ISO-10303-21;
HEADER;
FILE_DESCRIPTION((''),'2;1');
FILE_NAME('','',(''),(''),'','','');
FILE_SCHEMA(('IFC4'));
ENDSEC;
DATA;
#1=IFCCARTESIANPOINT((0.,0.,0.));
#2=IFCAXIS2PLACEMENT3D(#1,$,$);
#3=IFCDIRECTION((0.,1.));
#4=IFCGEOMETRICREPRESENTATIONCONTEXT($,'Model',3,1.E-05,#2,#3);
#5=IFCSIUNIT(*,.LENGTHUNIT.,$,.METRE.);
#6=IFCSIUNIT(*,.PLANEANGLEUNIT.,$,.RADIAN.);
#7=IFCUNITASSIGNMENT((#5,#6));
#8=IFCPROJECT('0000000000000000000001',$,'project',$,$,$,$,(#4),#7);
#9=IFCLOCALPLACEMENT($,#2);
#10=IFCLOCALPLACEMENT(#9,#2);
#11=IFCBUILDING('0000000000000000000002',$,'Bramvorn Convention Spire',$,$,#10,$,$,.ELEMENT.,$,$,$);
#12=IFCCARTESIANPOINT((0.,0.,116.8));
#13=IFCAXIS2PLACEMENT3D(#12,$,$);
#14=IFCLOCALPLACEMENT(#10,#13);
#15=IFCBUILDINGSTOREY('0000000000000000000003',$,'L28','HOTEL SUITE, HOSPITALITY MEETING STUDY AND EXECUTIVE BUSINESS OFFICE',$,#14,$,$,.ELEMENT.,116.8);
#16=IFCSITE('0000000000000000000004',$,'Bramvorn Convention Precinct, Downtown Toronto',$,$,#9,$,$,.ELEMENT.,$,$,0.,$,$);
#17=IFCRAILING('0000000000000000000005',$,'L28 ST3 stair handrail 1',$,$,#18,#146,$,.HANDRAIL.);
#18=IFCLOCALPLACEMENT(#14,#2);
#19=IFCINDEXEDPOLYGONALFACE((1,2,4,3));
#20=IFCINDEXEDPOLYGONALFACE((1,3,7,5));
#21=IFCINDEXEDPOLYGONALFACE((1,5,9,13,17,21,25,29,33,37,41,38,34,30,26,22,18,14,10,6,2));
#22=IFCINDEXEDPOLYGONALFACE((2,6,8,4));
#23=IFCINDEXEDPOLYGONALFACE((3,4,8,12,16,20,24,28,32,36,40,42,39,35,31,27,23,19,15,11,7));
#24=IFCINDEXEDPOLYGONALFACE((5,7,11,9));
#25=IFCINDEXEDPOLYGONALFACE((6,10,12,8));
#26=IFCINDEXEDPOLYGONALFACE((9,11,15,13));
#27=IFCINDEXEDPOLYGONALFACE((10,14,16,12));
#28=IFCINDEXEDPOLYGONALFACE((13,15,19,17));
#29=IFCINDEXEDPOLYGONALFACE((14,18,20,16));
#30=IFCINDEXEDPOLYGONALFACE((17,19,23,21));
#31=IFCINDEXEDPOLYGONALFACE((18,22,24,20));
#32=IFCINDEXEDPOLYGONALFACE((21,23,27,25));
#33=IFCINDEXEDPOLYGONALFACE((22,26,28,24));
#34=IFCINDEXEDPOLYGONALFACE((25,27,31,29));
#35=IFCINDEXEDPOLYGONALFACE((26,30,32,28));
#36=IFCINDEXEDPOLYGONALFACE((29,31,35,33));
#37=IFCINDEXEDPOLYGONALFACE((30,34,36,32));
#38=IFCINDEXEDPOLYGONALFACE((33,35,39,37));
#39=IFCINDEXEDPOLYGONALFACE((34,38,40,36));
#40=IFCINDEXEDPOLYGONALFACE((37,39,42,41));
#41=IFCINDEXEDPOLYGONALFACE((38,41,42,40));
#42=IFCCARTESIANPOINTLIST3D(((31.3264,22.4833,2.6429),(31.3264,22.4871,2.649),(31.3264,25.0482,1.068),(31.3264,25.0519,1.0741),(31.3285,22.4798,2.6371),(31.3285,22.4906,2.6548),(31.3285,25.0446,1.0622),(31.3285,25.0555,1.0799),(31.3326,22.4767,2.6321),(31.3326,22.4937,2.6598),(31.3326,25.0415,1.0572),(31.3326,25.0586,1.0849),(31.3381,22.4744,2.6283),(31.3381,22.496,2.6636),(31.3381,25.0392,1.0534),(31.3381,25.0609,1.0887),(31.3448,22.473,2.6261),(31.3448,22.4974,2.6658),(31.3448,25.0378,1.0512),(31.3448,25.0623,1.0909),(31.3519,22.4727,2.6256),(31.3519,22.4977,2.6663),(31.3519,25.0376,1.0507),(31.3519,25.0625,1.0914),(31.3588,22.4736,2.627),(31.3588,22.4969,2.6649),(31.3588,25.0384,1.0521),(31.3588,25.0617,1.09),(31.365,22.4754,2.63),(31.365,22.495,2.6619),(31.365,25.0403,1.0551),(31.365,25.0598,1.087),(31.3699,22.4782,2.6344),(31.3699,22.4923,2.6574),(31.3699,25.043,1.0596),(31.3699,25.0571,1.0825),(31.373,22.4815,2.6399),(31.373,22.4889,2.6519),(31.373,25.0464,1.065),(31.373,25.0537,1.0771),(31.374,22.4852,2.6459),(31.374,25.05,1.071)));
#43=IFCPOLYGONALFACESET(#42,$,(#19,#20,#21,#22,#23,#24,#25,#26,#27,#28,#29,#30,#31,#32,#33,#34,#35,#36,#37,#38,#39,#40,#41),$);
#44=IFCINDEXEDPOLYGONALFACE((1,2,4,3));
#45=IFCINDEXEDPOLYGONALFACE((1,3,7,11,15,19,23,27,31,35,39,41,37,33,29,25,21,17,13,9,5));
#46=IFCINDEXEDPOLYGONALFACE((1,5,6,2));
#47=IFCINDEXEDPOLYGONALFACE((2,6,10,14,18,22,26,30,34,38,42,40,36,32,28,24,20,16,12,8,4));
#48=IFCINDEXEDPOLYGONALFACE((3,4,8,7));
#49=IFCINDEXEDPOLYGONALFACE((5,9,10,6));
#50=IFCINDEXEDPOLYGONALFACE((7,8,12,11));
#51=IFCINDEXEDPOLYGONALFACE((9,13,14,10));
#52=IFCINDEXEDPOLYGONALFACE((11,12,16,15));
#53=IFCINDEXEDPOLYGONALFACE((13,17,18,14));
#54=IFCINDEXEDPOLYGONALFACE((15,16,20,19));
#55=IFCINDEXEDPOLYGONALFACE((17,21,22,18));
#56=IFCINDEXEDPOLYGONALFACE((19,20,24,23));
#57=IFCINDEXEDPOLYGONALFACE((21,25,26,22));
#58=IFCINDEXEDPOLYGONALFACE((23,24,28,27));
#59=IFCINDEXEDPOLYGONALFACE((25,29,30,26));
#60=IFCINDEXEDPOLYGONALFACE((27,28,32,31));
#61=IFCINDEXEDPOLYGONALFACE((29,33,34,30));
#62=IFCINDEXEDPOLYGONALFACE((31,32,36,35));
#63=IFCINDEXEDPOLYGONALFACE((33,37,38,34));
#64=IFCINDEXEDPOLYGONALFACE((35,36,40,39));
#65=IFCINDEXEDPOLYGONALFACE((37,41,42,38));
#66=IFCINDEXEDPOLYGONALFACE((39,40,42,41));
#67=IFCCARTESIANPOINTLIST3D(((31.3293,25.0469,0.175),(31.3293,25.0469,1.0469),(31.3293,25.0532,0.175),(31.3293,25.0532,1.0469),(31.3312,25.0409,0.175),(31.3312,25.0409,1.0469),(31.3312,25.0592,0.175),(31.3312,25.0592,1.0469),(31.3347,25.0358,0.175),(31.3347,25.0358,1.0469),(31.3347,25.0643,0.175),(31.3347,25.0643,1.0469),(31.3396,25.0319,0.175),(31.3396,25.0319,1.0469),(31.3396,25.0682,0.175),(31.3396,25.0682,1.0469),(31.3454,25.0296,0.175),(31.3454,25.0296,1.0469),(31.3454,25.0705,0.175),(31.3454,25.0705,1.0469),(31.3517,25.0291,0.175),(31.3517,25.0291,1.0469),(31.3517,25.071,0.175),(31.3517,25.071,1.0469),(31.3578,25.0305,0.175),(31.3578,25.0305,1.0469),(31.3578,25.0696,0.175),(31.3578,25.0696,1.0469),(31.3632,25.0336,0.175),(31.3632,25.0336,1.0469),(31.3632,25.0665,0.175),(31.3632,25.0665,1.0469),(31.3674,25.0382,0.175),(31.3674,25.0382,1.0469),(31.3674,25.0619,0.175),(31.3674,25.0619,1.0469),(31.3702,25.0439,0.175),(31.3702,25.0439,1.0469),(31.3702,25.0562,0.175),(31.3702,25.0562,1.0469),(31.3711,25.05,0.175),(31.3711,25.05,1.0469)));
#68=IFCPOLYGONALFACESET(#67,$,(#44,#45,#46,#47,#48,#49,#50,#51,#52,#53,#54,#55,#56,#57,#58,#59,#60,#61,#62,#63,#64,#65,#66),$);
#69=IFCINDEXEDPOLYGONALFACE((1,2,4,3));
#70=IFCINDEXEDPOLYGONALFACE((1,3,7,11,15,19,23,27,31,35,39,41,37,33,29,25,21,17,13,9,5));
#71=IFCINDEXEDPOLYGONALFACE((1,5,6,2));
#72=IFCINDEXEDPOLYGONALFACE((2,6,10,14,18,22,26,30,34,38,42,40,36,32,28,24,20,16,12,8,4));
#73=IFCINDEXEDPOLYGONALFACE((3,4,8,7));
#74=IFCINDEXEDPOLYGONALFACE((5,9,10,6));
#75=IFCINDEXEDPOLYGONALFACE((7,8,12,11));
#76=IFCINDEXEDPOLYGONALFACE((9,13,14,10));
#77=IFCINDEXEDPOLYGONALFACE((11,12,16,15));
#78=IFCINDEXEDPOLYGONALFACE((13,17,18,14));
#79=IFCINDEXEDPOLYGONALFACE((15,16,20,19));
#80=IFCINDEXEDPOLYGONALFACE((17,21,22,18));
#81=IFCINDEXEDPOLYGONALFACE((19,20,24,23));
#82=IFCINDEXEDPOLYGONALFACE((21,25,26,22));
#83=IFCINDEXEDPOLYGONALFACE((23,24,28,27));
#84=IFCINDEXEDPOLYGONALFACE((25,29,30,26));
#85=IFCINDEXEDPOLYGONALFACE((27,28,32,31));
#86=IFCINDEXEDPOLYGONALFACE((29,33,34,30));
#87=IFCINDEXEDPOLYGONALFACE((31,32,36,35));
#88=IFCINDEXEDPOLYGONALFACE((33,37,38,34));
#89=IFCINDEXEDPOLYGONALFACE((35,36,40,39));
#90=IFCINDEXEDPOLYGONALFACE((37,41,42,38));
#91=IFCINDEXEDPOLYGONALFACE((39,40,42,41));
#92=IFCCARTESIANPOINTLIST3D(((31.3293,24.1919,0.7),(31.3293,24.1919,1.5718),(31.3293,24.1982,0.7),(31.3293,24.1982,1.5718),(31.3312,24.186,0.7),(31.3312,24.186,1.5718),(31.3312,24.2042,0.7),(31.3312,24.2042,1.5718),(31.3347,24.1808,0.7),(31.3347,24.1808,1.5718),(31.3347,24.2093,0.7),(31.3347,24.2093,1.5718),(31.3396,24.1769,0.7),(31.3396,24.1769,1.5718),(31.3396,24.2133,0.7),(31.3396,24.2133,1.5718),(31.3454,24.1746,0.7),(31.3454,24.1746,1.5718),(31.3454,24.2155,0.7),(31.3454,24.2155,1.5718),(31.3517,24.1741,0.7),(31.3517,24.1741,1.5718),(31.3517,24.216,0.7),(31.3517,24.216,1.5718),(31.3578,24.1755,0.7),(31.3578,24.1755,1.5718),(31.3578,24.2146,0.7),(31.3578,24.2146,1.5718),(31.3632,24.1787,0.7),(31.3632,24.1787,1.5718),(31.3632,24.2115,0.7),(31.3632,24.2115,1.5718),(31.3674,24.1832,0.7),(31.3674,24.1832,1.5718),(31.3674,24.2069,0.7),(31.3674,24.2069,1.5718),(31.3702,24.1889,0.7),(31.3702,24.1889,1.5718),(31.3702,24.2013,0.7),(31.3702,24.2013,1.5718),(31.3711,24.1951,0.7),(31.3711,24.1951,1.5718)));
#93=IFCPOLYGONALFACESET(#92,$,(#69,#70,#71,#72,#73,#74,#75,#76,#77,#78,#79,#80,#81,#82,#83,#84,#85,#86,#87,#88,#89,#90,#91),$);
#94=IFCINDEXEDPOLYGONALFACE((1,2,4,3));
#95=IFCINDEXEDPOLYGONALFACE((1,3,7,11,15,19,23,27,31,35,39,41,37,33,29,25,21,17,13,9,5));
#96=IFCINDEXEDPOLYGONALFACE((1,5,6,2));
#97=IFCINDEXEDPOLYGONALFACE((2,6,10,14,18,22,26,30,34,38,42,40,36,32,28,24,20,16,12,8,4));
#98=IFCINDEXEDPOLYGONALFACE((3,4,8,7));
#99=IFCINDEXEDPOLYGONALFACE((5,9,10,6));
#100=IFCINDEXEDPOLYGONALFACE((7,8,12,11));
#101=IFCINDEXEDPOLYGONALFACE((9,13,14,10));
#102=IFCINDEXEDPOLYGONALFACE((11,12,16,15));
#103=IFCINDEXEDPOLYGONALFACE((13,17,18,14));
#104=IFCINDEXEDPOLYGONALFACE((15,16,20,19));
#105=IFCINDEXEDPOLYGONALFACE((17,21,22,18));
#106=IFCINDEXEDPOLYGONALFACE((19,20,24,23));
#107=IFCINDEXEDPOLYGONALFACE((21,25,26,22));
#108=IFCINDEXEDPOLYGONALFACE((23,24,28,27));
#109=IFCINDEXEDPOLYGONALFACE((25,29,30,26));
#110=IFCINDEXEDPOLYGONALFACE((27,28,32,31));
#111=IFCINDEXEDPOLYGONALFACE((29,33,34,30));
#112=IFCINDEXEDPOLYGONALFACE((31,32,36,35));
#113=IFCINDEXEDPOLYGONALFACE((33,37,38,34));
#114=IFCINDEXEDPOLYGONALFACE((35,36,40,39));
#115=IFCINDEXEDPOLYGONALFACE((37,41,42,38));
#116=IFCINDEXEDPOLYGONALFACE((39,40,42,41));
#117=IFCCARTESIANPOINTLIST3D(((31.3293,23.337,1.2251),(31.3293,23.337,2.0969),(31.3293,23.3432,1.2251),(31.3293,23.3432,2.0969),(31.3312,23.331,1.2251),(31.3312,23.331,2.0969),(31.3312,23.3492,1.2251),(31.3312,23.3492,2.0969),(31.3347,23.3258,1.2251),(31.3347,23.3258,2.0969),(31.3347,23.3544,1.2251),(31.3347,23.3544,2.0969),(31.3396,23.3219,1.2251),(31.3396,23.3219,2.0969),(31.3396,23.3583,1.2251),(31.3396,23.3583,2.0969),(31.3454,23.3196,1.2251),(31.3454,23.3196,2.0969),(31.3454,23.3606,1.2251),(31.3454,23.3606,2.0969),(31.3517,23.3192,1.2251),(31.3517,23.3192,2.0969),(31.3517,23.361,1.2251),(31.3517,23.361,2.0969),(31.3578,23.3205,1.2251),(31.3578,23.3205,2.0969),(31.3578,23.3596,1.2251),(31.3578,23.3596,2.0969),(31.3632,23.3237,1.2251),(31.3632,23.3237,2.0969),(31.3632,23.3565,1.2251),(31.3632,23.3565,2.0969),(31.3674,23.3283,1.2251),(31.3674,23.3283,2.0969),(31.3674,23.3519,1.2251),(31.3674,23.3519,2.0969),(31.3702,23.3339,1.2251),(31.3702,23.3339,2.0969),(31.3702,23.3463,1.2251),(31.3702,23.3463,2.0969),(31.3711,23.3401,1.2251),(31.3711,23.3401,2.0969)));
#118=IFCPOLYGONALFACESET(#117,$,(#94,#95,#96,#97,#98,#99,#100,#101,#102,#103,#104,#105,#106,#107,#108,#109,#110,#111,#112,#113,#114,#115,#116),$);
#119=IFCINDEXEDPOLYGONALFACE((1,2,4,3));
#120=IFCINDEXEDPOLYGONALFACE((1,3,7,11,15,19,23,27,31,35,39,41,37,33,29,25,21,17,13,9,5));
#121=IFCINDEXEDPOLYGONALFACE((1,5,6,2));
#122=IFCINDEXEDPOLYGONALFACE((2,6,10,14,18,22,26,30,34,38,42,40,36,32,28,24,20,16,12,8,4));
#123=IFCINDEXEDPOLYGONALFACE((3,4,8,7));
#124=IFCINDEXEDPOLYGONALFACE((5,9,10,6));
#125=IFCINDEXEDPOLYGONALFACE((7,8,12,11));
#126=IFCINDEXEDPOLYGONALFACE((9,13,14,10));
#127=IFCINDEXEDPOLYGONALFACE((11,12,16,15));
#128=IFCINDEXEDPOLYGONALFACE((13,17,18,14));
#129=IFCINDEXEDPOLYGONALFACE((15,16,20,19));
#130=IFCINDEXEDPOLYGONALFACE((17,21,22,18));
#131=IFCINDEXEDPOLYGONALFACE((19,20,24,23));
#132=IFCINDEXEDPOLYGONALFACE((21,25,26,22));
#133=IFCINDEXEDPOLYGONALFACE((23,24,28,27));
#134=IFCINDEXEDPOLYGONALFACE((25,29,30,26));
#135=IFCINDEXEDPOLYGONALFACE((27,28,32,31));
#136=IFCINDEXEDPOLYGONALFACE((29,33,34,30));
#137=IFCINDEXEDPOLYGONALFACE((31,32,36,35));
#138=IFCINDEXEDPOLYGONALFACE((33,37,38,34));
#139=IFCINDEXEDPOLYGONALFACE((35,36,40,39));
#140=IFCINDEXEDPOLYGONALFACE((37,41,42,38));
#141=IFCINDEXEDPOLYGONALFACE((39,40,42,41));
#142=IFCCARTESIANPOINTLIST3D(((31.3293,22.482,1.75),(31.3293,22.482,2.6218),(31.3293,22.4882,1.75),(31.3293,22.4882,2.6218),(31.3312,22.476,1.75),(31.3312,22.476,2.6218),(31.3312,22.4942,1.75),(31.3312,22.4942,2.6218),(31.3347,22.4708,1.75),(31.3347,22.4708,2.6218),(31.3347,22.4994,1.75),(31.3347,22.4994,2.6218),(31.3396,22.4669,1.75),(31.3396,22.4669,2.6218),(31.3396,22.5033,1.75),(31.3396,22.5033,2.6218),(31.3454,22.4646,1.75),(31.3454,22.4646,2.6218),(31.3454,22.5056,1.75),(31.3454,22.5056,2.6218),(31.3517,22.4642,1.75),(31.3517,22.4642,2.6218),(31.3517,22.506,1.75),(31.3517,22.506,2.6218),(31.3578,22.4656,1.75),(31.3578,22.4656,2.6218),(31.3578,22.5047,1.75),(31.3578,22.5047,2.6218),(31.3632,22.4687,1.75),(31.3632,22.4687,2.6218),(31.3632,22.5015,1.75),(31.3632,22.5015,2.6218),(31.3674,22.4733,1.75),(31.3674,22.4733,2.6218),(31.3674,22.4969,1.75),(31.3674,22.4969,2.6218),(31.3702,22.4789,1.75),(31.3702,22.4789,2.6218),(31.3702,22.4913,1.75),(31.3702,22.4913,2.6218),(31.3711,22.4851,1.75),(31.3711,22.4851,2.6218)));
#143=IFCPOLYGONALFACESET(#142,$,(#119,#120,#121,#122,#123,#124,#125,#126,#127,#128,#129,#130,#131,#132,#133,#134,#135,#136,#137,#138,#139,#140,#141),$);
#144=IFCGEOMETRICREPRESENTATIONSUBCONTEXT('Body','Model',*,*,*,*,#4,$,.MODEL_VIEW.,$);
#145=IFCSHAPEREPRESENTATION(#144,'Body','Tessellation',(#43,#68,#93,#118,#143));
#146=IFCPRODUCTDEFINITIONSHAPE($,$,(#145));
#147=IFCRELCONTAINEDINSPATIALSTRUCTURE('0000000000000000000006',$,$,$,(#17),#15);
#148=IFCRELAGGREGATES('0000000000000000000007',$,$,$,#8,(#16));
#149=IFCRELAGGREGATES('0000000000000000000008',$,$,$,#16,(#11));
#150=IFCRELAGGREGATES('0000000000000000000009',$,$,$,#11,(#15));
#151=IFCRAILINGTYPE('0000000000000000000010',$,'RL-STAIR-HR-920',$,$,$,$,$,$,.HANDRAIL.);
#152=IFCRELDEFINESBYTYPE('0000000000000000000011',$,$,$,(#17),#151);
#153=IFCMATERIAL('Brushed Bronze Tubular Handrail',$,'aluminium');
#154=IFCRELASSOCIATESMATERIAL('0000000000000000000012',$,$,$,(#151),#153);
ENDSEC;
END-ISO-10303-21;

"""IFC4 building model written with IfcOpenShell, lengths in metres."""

from ifc_helpers import new_model, si_unit, direction, frame, origin, origin_2d, place, context, subcontext, project, spatial, circle, extrude, material, type_object, element, save


model = new_model("IFC4")

# Units and contexts
model_context = context("Model", 3, precision=1e-05, world=origin(), true_north=direction((0.0, 1.0)))
body_context = subcontext(model_context, "Body", "Model", "MODEL_VIEW")
ifc_project = project(units=[si_unit("LENGTHUNIT", "METRE"), si_unit("PLANEANGLEUNIT", "RADIAN")], contexts=[model_context])

# Site, building, storey
site_placement = place(None, origin())
site = spatial("IfcSite", under=ifc_project, at=site_placement, Name="Bramvorn Convention Precinct, Downtown Toronto", CompositionType="ELEMENT", RefElevation=0.0)
building_placement = place(site_placement, origin())
building = spatial("IfcBuilding", under=site, at=building_placement, Name="Bramvorn Convention Spire", CompositionType="ELEMENT")
storey_placement = place(building_placement, frame((0.0, 0.0, 116.8)))
storey = spatial("IfcBuildingStorey", under=building, at=storey_placement, Name="L28", Description="HOTEL SUITE, HOSPITALITY MEETING STUDY AND EXECUTIVE BUSINESS OFFICE", CompositionType="ELEMENT", Elevation=116.8)

# Railing
ifc_material_1 = material(Name="Brushed Bronze Tubular Handrail", Category="aluminium")
railing_type_1 = type_object("IfcRailingType", Name="RL-STAIR-HR-920", PredefinedType="HANDRAIL", material=ifc_material_1)
railing_1_placement = place(storey_placement, frame((31.3501, 25.05, 0.175)))
element("IfcRailing", 1, at=railing_1_placement, inside=storey, type_object=railing_type_1, Name="L28 ST3 stair handrail 1", PredefinedType="HANDRAIL", context=body_context, shape_type="SweptSolid", body=[
    extrude(circle(Radius=0.0239, at=origin_2d()), frame((0.0, 0.0, 0.896), z_axis=(0.0, -0.852173, 0.52326), x_axis=(1.0, 0.0, 0.0)), (0.0, 0.0, 1.0), 3.0098),
    extrude(circle(Radius=0.021, at=origin_2d()), origin(), (0.0, 0.0, 1.0), 0.8718),
    extrude(circle(Radius=0.021, at=origin_2d()), frame((0.0, -0.855, 0.5249)), (0.0, 0.0, 1.0), 0.8718),
    extrude(circle(Radius=0.021, at=origin_2d()), frame((0.0, -1.71, 1.05)), (0.0, 0.0, 1.0), 0.8718),
    extrude(circle(Radius=0.021, at=origin_2d()), frame((0.0, -2.5649, 1.575)), (0.0, 0.0, 1.0), 0.8718),
])

save(model, "model.ifc")
